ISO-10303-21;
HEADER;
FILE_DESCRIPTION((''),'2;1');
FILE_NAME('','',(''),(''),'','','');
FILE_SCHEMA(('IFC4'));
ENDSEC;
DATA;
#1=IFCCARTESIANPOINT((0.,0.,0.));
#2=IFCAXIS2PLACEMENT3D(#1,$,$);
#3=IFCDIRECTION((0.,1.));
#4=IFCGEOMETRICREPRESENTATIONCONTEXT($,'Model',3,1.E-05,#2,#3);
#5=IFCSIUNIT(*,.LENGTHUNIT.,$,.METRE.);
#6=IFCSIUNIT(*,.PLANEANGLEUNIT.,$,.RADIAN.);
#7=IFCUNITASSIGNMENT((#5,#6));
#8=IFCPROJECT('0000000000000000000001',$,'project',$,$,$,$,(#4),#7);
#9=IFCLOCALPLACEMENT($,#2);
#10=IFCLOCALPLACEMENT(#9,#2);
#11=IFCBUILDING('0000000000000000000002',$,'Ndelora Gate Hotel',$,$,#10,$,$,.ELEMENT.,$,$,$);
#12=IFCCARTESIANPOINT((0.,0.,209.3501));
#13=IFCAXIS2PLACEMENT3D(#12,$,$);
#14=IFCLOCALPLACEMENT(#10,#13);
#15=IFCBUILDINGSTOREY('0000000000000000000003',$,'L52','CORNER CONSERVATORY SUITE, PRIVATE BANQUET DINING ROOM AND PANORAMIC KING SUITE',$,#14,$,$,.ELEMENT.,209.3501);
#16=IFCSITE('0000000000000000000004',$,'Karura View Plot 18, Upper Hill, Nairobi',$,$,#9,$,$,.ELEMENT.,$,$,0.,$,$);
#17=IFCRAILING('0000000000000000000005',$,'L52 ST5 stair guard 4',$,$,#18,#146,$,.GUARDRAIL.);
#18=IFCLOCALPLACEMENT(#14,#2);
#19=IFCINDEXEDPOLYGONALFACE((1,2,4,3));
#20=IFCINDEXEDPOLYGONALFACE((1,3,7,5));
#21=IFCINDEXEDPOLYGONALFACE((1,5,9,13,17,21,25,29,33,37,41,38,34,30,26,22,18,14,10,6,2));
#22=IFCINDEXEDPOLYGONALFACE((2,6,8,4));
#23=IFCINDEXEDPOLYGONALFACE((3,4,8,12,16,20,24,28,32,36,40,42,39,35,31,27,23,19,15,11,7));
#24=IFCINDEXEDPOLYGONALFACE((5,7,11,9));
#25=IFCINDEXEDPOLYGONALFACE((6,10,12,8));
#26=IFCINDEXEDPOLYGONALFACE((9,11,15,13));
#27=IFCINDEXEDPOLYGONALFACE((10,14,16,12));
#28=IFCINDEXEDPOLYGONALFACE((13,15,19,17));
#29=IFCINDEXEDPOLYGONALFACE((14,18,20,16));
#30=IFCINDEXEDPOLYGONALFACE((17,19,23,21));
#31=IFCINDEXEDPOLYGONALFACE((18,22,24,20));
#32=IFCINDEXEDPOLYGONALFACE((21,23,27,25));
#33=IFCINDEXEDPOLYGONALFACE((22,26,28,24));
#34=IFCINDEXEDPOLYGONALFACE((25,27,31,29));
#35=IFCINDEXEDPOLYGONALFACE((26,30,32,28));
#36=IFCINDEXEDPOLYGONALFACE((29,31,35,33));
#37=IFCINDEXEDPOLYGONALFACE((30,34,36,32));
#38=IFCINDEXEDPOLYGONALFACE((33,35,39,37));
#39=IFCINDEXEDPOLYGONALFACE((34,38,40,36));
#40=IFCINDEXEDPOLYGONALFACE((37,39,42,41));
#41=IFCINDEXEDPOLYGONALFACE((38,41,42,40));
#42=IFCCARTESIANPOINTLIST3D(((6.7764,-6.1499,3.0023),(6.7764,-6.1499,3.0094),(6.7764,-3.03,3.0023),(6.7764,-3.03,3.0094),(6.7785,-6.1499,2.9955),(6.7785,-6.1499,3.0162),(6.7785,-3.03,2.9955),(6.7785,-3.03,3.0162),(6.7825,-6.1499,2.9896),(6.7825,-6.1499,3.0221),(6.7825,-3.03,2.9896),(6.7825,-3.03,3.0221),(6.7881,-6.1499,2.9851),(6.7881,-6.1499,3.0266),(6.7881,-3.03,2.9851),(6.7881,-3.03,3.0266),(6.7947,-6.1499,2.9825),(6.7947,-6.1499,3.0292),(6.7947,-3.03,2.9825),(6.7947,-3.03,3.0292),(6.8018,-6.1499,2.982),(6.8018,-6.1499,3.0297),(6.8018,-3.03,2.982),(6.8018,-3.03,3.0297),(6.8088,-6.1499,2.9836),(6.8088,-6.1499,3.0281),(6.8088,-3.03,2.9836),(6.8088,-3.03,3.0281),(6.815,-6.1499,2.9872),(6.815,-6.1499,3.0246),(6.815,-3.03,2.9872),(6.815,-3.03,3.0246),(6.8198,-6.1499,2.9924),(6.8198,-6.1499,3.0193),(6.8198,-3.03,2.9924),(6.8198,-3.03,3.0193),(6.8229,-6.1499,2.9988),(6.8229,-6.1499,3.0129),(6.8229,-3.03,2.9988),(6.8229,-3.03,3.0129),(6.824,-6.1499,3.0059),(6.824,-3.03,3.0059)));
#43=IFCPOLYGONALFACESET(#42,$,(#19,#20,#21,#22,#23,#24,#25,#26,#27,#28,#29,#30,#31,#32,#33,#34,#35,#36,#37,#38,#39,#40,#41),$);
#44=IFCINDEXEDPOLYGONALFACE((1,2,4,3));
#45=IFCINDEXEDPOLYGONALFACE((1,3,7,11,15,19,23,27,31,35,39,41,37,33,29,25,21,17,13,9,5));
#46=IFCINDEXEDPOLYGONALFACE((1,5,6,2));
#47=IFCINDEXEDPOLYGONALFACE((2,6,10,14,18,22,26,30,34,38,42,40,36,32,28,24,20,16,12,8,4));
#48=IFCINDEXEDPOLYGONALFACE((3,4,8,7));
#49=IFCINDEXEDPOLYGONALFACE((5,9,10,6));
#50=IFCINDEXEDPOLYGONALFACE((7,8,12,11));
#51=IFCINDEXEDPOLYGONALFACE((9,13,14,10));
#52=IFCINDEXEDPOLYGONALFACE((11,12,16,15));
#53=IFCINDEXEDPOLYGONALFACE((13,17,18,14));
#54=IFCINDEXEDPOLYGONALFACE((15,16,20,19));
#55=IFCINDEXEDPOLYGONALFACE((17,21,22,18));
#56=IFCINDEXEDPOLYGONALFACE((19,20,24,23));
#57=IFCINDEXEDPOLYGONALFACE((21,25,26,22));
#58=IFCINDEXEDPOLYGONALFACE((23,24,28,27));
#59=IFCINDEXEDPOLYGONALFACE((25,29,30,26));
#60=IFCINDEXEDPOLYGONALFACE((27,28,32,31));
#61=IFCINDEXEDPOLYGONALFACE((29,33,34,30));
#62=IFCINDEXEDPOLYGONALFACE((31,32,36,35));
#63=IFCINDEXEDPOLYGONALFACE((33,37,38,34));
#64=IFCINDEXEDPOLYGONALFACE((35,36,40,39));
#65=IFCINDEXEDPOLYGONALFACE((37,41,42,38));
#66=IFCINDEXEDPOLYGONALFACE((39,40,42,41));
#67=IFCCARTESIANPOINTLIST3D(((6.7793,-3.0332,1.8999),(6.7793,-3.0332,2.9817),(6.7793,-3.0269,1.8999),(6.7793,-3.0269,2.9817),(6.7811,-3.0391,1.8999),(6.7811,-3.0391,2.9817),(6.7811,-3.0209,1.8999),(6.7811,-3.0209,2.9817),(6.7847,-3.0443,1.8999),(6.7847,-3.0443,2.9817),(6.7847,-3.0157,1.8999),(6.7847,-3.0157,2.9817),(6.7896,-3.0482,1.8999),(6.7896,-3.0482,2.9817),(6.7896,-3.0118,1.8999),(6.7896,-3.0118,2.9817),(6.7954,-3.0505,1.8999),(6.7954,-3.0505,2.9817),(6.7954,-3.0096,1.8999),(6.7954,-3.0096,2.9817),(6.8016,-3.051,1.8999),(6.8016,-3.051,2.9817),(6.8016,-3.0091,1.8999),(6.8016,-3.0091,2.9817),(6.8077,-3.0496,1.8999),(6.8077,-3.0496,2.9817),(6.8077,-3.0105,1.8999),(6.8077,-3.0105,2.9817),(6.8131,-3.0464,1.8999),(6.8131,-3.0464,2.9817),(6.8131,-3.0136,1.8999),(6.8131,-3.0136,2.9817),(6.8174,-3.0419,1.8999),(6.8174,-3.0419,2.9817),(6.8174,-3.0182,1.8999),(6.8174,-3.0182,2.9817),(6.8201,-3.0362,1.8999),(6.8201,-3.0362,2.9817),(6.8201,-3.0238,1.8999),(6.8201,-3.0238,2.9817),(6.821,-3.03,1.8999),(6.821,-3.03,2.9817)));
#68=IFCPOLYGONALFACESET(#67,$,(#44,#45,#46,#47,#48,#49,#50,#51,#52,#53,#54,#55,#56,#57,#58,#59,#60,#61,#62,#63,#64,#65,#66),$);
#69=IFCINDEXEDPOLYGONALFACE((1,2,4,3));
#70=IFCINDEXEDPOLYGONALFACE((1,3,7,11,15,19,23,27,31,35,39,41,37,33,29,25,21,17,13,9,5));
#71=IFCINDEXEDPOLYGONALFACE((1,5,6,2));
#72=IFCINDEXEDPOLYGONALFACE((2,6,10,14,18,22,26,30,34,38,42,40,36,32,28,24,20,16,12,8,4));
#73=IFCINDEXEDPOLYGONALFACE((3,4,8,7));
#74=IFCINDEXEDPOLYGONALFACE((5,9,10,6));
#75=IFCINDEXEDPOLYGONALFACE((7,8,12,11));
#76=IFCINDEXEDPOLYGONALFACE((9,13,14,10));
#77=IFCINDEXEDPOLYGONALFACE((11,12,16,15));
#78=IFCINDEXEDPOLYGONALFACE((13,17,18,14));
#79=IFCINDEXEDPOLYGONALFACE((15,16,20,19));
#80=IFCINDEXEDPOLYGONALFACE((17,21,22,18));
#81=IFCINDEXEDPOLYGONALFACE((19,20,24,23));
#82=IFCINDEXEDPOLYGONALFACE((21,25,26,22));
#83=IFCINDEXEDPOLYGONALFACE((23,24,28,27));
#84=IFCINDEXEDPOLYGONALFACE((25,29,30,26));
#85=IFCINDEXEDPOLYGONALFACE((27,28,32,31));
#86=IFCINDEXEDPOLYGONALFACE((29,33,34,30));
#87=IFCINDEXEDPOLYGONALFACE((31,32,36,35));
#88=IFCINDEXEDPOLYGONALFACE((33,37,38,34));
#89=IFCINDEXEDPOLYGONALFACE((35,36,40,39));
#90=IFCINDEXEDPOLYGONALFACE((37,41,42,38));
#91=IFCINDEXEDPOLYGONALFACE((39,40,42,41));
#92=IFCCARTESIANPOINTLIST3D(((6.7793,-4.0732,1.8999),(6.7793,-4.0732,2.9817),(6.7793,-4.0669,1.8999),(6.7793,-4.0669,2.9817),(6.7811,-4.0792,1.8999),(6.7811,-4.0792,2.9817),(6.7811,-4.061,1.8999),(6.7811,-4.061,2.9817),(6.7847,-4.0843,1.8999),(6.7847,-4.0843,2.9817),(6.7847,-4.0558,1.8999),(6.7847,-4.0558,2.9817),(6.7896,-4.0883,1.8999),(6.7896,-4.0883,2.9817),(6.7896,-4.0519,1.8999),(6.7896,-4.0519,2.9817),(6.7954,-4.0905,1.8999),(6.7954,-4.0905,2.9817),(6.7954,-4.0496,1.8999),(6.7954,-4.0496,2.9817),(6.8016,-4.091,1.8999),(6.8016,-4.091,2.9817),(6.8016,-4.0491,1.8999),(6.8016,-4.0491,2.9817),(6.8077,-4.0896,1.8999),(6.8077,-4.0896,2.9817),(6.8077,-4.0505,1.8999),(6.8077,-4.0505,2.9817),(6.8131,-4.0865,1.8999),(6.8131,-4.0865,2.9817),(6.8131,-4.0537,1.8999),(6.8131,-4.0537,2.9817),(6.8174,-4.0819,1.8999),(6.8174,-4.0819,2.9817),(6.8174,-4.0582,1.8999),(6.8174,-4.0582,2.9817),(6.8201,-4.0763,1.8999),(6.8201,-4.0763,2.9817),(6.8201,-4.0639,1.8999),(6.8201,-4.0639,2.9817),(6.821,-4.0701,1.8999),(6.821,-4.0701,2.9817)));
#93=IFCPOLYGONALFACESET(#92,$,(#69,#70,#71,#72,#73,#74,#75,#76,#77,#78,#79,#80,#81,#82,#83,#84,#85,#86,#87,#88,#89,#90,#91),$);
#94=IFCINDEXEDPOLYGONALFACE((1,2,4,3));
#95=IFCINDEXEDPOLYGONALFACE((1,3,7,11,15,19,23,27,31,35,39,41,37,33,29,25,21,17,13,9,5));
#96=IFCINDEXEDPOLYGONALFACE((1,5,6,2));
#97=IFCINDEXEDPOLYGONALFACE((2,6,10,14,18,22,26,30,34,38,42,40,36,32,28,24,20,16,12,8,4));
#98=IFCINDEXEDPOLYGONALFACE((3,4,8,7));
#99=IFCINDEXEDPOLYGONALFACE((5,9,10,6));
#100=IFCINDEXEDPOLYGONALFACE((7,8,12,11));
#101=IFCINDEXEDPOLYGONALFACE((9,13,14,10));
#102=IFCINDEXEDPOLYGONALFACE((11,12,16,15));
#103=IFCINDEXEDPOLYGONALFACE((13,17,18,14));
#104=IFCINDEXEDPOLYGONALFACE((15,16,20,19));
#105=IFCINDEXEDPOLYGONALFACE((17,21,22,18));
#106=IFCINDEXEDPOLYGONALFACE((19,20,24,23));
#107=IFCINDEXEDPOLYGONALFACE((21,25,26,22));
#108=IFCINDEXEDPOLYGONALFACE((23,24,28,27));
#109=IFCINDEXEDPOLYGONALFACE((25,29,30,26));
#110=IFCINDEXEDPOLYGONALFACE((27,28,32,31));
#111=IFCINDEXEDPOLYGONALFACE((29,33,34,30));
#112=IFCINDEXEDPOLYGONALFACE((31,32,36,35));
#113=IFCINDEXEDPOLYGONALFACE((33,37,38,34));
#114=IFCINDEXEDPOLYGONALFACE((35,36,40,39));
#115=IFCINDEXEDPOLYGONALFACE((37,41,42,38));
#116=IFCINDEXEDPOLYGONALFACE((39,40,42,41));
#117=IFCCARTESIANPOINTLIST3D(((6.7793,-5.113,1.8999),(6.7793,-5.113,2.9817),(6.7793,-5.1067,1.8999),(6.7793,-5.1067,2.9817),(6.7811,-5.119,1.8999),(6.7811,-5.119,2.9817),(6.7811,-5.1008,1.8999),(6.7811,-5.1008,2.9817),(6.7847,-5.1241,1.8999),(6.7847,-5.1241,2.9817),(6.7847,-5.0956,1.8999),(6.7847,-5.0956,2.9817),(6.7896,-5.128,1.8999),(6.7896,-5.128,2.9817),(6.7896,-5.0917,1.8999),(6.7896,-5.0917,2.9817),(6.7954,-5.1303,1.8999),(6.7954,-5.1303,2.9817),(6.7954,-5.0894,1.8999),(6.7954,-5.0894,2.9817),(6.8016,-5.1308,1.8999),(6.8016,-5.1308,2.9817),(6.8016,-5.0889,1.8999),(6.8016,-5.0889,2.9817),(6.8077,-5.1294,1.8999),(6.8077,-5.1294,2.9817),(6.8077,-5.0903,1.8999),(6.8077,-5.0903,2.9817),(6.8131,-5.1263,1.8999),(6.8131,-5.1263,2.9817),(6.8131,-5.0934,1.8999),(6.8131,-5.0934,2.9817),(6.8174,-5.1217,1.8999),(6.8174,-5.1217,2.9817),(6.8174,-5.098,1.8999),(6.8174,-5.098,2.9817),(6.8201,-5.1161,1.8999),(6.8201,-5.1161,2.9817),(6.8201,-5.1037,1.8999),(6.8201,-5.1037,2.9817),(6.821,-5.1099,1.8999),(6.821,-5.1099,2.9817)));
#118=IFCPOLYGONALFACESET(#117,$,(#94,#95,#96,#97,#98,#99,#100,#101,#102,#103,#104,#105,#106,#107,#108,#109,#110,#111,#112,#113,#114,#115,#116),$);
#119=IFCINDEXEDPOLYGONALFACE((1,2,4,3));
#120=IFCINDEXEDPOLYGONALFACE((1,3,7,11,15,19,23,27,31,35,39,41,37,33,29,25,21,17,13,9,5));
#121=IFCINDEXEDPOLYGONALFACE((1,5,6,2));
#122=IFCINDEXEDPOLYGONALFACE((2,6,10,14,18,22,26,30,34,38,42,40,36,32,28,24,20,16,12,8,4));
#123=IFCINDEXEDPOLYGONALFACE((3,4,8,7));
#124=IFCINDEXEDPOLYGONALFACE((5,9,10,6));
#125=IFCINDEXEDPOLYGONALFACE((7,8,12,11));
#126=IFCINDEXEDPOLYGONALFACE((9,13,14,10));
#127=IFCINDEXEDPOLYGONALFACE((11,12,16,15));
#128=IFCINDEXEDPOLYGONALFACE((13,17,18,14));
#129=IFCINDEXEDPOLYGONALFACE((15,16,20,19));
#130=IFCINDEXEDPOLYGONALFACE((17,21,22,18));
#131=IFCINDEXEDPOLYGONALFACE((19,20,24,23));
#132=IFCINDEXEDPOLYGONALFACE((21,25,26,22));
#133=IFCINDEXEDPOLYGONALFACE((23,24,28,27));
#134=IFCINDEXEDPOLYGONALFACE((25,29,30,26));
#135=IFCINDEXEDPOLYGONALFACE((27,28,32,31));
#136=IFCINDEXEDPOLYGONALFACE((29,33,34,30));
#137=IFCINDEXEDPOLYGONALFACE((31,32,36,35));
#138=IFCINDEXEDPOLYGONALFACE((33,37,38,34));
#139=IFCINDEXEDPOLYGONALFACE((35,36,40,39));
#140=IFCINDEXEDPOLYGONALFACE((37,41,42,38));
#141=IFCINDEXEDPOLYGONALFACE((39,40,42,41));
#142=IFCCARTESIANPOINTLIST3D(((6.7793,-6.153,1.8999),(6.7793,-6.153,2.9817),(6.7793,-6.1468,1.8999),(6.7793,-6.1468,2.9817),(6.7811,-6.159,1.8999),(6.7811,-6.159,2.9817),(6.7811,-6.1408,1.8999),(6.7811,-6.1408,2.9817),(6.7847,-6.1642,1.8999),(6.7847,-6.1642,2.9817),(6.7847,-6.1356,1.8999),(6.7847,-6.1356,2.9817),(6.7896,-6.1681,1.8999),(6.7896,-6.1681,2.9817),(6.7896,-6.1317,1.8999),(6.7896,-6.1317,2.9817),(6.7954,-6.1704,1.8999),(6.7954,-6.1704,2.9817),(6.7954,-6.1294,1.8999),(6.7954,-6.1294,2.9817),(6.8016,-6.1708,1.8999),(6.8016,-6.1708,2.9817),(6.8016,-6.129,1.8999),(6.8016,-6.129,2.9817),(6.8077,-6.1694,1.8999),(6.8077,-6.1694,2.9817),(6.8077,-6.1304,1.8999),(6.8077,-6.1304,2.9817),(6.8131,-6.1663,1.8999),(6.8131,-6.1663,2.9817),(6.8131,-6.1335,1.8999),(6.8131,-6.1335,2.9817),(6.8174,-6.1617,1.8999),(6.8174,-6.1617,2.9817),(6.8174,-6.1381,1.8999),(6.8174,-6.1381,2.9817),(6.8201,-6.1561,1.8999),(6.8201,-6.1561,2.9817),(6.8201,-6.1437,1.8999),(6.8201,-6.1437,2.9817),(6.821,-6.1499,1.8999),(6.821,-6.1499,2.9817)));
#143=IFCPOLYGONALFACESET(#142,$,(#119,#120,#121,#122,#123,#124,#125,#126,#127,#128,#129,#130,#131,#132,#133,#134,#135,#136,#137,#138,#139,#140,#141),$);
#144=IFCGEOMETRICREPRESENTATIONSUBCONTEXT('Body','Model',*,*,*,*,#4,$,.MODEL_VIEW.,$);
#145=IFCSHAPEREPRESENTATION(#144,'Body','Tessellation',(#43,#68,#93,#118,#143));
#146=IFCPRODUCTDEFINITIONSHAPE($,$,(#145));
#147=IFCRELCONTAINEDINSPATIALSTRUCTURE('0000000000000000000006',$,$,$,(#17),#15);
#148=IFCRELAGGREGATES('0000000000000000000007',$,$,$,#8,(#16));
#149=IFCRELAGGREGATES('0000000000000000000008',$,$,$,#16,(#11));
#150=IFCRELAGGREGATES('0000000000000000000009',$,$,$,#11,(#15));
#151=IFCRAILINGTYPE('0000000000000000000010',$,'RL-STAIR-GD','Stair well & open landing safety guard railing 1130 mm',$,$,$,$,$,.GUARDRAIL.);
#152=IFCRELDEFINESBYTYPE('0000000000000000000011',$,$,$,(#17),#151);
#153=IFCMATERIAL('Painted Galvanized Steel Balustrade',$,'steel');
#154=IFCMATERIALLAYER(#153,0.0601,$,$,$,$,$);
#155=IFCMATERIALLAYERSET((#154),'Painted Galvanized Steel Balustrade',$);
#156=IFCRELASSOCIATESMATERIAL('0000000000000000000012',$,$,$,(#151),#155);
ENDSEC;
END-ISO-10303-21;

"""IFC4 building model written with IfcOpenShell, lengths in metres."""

from ifc_helpers import new_model, si_unit, direction, frame, origin, origin_2d, place, context, subcontext, project, spatial, circle, extrude, material, layer, layer_set, type_object, element, save


model = new_model("IFC4")

# Units and contexts
model_context = context("Model", 3, precision=1e-05, world=origin(), true_north=direction((0.0, 1.0)))
body_context = subcontext(model_context, "Body", "Model", "MODEL_VIEW")
ifc_project = project(units=[si_unit("LENGTHUNIT", "METRE"), si_unit("PLANEANGLEUNIT", "RADIAN")], contexts=[model_context])

# Site, building, storey
site_placement = place(None, origin())
site = spatial("IfcSite", under=ifc_project, at=site_placement, Name="Karura View Plot 18, Upper Hill, Nairobi", CompositionType="ELEMENT", RefElevation=0.0)
building_placement = place(site_placement, origin())
building = spatial("IfcBuilding", under=site, at=building_placement, Name="Ndelora Gate Hotel", CompositionType="ELEMENT")
storey_placement = place(building_placement, frame((0.0, 0.0, 209.3501)))
storey = spatial("IfcBuildingStorey", under=building, at=storey_placement, Name="L52", Description="CORNER CONSERVATORY SUITE, PRIVATE BANQUET DINING ROOM AND PANORAMIC KING SUITE", CompositionType="ELEMENT", Elevation=209.3501)

# Railing
ifc_material_1 = material(Name="Painted Galvanized Steel Balustrade", Category="steel")
ifc_layer_1 = layer(ifc_material_1, 0.0601)
ifc_layer_set_1 = layer_set([ifc_layer_1], Name="Painted Galvanized Steel Balustrade")
railing_type_1 = type_object("IfcRailingType", Name="RL-STAIR-GD", Description="Stair well & open landing safety guard railing 1130 mm", PredefinedType="GUARDRAIL", material=ifc_layer_set_1)
railing_1_placement = place(storey_placement, frame((6.8, -3.03, 1.8999)))
element("IfcRailing", 1, at=railing_1_placement, inside=storey, type_object=railing_type_1, Name="L52 ST5 stair guard 4", PredefinedType="GUARDRAIL", context=body_context, shape_type="SweptSolid", body=[
    extrude(circle(Radius=0.0239, at=origin_2d()), frame((0.0, 0.0, 1.106), z_axis=(0.0, -1.0, 0.0), x_axis=(1.0, 0.0, 0.0)), (0.0, 0.0, 1.0), 3.1199),
    extrude(circle(Radius=0.021, at=origin_2d()), origin(), (0.0, 0.0, 1.0), 1.0818),
    extrude(circle(Radius=0.021, at=origin_2d()), frame((0.0, -1.04, 0.0)), (0.0, 0.0, 1.0), 1.0818),
    extrude(circle(Radius=0.021, at=origin_2d()), frame((0.0, -2.0798, 0.0)), (0.0, 0.0, 1.0), 1.0818),
    extrude(circle(Radius=0.021, at=origin_2d()), frame((0.0, -3.1199, 0.0)), (0.0, 0.0, 1.0), 1.0818),
])

save(model, "model.ifc")
